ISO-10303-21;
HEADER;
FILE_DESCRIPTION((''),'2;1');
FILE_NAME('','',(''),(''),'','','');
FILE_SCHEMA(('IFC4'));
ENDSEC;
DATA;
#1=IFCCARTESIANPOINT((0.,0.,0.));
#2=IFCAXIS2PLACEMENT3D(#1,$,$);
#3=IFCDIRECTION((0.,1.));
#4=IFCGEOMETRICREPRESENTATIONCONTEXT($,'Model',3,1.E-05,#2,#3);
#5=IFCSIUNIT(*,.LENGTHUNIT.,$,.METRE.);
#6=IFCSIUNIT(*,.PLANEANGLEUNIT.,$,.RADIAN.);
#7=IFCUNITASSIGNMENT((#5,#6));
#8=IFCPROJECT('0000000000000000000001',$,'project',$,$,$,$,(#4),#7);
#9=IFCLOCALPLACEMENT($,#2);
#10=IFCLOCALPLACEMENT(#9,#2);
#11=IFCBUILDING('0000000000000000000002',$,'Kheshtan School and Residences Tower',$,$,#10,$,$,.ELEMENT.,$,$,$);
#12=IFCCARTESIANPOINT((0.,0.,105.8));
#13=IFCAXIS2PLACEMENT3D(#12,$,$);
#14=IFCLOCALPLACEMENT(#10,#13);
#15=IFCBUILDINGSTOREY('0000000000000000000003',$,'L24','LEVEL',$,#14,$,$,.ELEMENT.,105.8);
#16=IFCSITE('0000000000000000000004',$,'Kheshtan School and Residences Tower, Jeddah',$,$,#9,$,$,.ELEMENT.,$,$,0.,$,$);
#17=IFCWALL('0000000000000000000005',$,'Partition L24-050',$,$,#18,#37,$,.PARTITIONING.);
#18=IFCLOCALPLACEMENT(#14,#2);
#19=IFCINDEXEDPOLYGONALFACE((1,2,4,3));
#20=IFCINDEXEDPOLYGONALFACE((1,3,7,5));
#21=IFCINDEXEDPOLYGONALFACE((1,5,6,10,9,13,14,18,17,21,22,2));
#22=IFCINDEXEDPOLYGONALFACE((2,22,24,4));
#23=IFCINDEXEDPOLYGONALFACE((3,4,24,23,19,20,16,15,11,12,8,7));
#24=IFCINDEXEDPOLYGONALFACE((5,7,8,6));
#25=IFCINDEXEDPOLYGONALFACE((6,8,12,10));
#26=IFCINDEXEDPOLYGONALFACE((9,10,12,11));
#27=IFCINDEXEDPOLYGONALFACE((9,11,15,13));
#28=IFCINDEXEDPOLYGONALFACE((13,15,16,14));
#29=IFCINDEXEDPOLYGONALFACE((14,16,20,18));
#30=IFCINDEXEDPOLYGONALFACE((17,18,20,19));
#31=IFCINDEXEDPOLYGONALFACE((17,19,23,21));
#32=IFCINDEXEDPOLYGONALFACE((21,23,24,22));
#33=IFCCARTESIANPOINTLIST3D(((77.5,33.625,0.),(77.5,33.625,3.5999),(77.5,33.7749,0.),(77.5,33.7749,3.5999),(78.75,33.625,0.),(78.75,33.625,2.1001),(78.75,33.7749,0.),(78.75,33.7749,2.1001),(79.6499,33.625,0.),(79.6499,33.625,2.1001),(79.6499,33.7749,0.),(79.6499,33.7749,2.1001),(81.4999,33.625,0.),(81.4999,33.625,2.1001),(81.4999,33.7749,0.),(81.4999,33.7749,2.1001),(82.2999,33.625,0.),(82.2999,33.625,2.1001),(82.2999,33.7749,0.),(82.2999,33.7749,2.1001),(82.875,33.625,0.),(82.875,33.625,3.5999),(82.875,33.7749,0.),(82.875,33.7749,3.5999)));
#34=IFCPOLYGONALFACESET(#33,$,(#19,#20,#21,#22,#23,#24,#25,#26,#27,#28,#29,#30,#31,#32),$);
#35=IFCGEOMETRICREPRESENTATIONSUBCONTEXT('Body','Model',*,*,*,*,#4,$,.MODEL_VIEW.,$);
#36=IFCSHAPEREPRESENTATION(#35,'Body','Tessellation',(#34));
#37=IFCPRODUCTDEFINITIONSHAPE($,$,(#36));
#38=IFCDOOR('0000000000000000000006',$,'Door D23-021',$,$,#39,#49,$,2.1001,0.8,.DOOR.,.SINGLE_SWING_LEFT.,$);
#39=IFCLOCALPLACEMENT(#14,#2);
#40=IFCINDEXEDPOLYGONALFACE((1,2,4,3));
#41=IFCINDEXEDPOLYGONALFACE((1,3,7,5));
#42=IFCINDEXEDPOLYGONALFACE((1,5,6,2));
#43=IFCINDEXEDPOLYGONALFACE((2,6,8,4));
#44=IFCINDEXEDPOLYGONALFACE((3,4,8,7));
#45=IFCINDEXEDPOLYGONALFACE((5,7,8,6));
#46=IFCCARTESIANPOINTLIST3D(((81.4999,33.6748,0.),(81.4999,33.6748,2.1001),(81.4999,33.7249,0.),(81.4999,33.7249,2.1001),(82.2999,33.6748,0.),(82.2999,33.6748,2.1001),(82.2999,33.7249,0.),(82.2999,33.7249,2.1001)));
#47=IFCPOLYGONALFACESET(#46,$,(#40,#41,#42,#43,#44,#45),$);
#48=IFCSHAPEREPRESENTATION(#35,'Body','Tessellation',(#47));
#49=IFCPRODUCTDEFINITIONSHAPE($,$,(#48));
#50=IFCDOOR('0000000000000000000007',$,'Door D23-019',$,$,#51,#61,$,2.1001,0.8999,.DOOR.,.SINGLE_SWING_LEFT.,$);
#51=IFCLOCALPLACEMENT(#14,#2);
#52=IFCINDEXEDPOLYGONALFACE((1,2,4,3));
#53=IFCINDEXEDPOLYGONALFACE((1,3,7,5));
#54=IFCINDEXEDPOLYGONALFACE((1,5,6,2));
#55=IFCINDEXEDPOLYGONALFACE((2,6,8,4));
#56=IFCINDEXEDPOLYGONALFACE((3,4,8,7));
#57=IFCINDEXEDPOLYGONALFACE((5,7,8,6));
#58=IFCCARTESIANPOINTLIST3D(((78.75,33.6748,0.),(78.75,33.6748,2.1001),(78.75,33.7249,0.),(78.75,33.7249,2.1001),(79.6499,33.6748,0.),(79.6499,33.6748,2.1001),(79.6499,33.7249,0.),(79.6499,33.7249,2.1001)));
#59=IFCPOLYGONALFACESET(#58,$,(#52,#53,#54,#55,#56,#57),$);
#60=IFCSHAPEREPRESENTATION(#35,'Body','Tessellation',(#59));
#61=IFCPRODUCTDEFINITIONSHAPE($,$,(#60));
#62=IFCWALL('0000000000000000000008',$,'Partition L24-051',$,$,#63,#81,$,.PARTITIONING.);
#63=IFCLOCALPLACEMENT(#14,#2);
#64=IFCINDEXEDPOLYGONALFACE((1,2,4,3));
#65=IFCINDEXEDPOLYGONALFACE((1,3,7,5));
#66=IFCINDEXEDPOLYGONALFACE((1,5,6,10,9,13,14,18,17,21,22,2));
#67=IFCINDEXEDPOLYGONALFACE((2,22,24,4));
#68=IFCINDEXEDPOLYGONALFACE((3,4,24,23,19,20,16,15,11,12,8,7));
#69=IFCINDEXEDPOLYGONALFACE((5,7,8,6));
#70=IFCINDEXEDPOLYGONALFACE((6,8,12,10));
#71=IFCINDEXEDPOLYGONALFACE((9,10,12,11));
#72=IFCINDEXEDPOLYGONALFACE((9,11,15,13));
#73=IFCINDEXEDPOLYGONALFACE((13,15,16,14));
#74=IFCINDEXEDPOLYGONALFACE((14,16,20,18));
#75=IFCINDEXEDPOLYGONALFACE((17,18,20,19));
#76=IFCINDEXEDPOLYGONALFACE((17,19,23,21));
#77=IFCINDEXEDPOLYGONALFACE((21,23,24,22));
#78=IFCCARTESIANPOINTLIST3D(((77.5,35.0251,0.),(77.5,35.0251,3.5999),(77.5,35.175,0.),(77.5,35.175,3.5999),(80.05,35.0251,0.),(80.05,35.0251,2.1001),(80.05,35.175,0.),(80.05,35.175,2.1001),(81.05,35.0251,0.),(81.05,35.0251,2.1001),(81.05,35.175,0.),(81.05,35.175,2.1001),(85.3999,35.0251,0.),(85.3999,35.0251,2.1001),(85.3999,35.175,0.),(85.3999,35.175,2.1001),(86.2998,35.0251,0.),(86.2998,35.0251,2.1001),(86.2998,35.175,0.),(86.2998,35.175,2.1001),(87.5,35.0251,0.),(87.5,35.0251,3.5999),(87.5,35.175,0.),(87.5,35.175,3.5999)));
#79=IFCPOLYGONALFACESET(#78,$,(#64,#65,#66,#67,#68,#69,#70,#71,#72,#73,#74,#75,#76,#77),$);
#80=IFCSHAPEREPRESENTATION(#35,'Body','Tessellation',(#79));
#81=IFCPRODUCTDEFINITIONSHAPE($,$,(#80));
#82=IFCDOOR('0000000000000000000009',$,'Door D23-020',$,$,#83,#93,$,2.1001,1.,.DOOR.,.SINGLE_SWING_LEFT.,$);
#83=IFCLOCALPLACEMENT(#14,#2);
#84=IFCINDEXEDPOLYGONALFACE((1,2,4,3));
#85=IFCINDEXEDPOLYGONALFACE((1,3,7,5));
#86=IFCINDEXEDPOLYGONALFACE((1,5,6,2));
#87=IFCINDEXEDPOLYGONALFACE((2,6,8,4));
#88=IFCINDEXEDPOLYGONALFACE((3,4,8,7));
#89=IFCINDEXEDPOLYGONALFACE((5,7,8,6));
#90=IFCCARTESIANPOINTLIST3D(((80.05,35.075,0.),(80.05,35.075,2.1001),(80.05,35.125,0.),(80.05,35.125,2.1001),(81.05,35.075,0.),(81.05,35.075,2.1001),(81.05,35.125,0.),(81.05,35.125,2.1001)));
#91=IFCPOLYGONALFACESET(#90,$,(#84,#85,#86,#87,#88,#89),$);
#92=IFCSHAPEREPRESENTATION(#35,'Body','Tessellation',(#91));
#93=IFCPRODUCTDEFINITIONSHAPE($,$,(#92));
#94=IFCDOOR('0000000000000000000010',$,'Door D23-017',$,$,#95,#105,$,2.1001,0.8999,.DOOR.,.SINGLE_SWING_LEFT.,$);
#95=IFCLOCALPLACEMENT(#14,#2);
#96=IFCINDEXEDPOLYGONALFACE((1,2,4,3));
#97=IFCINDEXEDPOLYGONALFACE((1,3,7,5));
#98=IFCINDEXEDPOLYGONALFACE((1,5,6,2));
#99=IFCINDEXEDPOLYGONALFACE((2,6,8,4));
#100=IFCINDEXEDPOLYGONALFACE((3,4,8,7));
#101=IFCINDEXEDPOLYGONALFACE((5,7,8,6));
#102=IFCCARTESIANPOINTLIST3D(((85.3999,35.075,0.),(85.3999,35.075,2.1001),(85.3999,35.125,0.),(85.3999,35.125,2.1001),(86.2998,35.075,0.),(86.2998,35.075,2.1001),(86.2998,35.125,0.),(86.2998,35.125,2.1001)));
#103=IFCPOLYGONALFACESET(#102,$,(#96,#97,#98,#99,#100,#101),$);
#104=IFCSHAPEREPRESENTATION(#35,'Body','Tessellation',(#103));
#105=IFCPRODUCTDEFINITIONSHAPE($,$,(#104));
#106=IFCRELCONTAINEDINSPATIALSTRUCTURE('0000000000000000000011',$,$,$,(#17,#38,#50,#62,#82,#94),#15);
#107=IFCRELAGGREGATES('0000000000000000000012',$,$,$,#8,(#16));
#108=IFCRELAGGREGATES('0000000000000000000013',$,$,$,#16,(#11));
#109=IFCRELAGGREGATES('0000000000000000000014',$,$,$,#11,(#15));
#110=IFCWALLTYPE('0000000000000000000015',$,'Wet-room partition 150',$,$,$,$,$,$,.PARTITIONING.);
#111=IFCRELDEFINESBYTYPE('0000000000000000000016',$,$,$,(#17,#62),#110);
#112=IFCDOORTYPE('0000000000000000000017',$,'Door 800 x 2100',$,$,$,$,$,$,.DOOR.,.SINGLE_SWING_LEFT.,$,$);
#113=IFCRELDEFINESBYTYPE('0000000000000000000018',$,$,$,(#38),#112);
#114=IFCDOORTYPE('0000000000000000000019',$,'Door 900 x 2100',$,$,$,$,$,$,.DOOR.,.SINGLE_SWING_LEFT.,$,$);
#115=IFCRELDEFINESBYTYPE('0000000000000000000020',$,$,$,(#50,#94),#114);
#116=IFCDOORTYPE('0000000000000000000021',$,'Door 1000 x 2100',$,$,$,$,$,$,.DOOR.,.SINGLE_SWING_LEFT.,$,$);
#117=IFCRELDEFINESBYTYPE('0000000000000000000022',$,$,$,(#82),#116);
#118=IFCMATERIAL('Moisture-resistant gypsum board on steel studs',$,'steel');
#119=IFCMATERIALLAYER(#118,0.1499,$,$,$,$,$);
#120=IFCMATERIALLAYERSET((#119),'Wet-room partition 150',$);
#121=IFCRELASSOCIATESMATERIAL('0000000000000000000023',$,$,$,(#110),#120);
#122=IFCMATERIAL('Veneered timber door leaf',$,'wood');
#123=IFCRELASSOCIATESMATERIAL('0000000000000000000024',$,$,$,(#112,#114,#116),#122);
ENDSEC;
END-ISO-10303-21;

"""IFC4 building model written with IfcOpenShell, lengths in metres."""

from ifc_helpers import new_model, si_unit, direction, frame, frame_2d, origin, place, context, subcontext, project, spatial, rectangle, extrude, source, transform, mapped, material, layer, layer_set, type_object, element, fill, save


model = new_model("IFC4")

# Units and contexts
model_context = context("Model", 3, precision=1e-05, world=origin(), true_north=direction((0.0, 1.0)))
body_context = subcontext(model_context, "Body", "Model", "MODEL_VIEW")
ifc_project = project(units=[si_unit("LENGTHUNIT", "METRE"), si_unit("PLANEANGLEUNIT", "RADIAN")], contexts=[model_context])

# Site, building, storey
site_placement = place(None, origin())
site = spatial("IfcSite", under=ifc_project, at=site_placement, Name="Kheshtan School and Residences Tower, Jeddah", CompositionType="ELEMENT", RefElevation=0.0)
building_placement = place(site_placement, origin())
building = spatial("IfcBuilding", under=site, at=building_placement, Name="Kheshtan School and Residences Tower", CompositionType="ELEMENT")
storey_placement = place(building_placement, frame((0.0, 0.0, 105.8)))
storey = spatial("IfcBuildingStorey", under=building, at=storey_placement, Name="L24", Description="LEVEL", CompositionType="ELEMENT", Elevation=105.8)

# Walls, openings, doors
ifc_material_1 = material(Name="Moisture-resistant gypsum board on steel studs", Category="steel")
ifc_layer_1 = layer(ifc_material_1, 0.1499)
ifc_layer_set_1 = layer_set([ifc_layer_1], Name="Wet-room partition 150")
wall_type_1 = type_object("IfcWallType", Name="Wet-room partition 150", PredefinedType="PARTITIONING", material=ifc_layer_set_1)
wall_1_placement = place(storey_placement, frame((77.5, 33.7, 0.0), z_axis=(0.0, 0.0, 1.0), x_axis=(1.0, 0.0, 0.0)))
wall_1 = element("IfcWall", 1, at=wall_1_placement, inside=storey, type_object=wall_type_1, Name="Partition L24-050", PredefinedType="PARTITIONING", context=body_context, shape_type="SweptSolid", body=[
    extrude(rectangle(XDim=5.375, YDim=0.1499, at=frame_2d((2.6875, 0.0))), origin(), (0.0, 0.0, 1.0), 3.5999),
])
opening_1_placement = place(wall_1_placement, frame((1.25, 0.0, 0.0)))
opening_1 = element("IfcOpeningElement", 2, at=opening_1_placement, cuts=wall_1, PredefinedType="OPENING", context=body_context, shape_type="SweptSolid", body=[
    extrude(rectangle(XDim=0.8999, YDim=2.1001, at=frame_2d((0.45, 1.05))), frame((0.0, 0.085, 0.0), z_axis=(0.0, -1.0, 0.0), x_axis=(1.0, 0.0, 0.0)), (0.0, 0.0, 1.0), 0.1699),
])
opening_2_placement = place(wall_1_placement, frame((4.0, 0.0, 0.0)))
opening_2 = element("IfcOpeningElement", 3, at=opening_2_placement, cuts=wall_1, PredefinedType="OPENING", context=body_context, shape_type="SweptSolid", body=[
    extrude(rectangle(XDim=0.8, YDim=2.1001, at=frame_2d((0.3999, 1.05))), frame((0.0, 0.085, 0.0), z_axis=(0.0, -1.0, 0.0), x_axis=(1.0, 0.0, 0.0)), (0.0, 0.0, 1.0), 0.1699),
])
ifc_material_2 = material(Name="Veneered timber door leaf", Category="wood")
door_type_1 = type_object("IfcDoorType", Name="Door 800 x 2100", OperationType="SINGLE_SWING_LEFT", PredefinedType="DOOR", material=ifc_material_2)
shared_shape_1 = source(origin(), body_context, "Body", "SweptSolid", [
    extrude(rectangle(XDim=0.8, YDim=2.1001, at=frame_2d((0.3999, 1.05))), frame((0.0, 0.0249, 0.0), z_axis=(0.0, -1.0, 0.0), x_axis=(1.0, 0.0, 0.0)), (0.0, 0.0, 1.0), 0.05),
])
door_1_placement = place(opening_2_placement, origin())
door_1 = element("IfcDoor", 4, at=door_1_placement, inside=storey, type_object=door_type_1, Name="Door D23-021", OperationType="SINGLE_SWING_LEFT", OverallHeight=2.1001, OverallWidth=0.8, PredefinedType="DOOR", context=body_context, shape_type="MappedRepresentation", body=[
    mapped(shared_shape_1, transform((0.0, 0.0, 0.0), x_axis=(1.0, 0.0, 0.0), y_axis=(0.0, 1.0, 0.0), z_axis=(0.0, 0.0, 1.0), scale=1.0)),
])
fill(opening_2, door_1)
door_type_2 = type_object("IfcDoorType", Name="Door 900 x 2100", OperationType="SINGLE_SWING_LEFT", PredefinedType="DOOR", material=ifc_material_2)
shared_shape_2 = source(origin(), body_context, "Body", "SweptSolid", [
    extrude(rectangle(XDim=0.8999, YDim=2.1001, at=frame_2d((0.45, 1.05))), frame((0.0, 0.0249, 0.0), z_axis=(0.0, -1.0, 0.0), x_axis=(1.0, 0.0, 0.0)), (0.0, 0.0, 1.0), 0.05),
])
door_2_placement = place(opening_1_placement, origin())
door_2 = element("IfcDoor", 5, at=door_2_placement, inside=storey, type_object=door_type_2, Name="Door D23-019", OperationType="SINGLE_SWING_LEFT", OverallHeight=2.1001, OverallWidth=0.8999, PredefinedType="DOOR", context=body_context, shape_type="MappedRepresentation", body=[
    mapped(shared_shape_2, transform((0.0, 0.0, 0.0), x_axis=(1.0, 0.0, 0.0), y_axis=(0.0, 1.0, 0.0), z_axis=(0.0, 0.0, 1.0), scale=1.0)),
])
fill(opening_1, door_2)
wall_2_placement = place(storey_placement, frame((77.5, 35.1001, 0.0), z_axis=(0.0, 0.0, 1.0), x_axis=(1.0, 0.0, 0.0)))
wall_2 = element("IfcWall", 6, at=wall_2_placement, inside=storey, type_object=wall_type_1, Name="Partition L24-051", PredefinedType="PARTITIONING", context=body_context, shape_type="SweptSolid", body=[
    extrude(rectangle(XDim=10.0, YDim=0.1499, at=frame_2d((5.0, 0.0))), origin(), (0.0, 0.0, 1.0), 3.5999),
])
opening_3_placement = place(wall_2_placement, frame((7.8999, 0.0, 0.0)))
opening_3 = element("IfcOpeningElement", 7, at=opening_3_placement, cuts=wall_2, PredefinedType="OPENING", context=body_context, shape_type="SweptSolid", body=[
    extrude(rectangle(XDim=0.8999, YDim=2.1001, at=frame_2d((0.45, 1.05))), frame((0.0, 0.085, 0.0), z_axis=(0.0, -1.0, 0.0), x_axis=(1.0, 0.0, 0.0)), (0.0, 0.0, 1.0), 0.1699),
])
opening_4_placement = place(wall_2_placement, frame((2.55, 0.0, 0.0)))
opening_4 = element("IfcOpeningElement", 8, at=opening_4_placement, cuts=wall_2, PredefinedType="OPENING", context=body_context, shape_type="SweptSolid", body=[
    extrude(rectangle(XDim=1.0, YDim=2.1001, at=frame_2d((0.5, 1.05))), frame((0.0, 0.085, 0.0), z_axis=(0.0, -1.0, 0.0), x_axis=(1.0, 0.0, 0.0)), (0.0, 0.0, 1.0), 0.1699),
])
door_type_3 = type_object("IfcDoorType", Name="Door 1000 x 2100", OperationType="SINGLE_SWING_LEFT", PredefinedType="DOOR", material=ifc_material_2)
shared_shape_3 = source(origin(), body_context, "Body", "SweptSolid", [
    extrude(rectangle(XDim=1.0, YDim=2.1001, at=frame_2d((0.5, 1.05))), frame((0.0, 0.0249, 0.0), z_axis=(0.0, -1.0, 0.0), x_axis=(1.0, 0.0, 0.0)), (0.0, 0.0, 1.0), 0.05),
])
door_3_placement = place(opening_4_placement, origin())
door_3 = element("IfcDoor", 9, at=door_3_placement, inside=storey, type_object=door_type_3, Name="Door D23-020", OperationType="SINGLE_SWING_LEFT", OverallHeight=2.1001, OverallWidth=1.0, PredefinedType="DOOR", context=body_context, shape_type="MappedRepresentation", body=[
    mapped(shared_shape_3, transform((0.0, 0.0, 0.0), x_axis=(1.0, 0.0, 0.0), y_axis=(0.0, 1.0, 0.0), z_axis=(0.0, 0.0, 1.0), scale=1.0)),
])
fill(opening_4, door_3)
door_4_placement = place(opening_3_placement, origin())
door_4 = element("IfcDoor", 10, at=door_4_placement, inside=storey, type_object=door_type_2, Name="Door D23-017", OperationType="SINGLE_SWING_LEFT", OverallHeight=2.1001, OverallWidth=0.8999, PredefinedType="DOOR", context=body_context, shape_type="MappedRepresentation", body=[
    mapped(shared_shape_2, transform((0.0, 0.0, 0.0), x_axis=(1.0, 0.0, 0.0), y_axis=(0.0, 1.0, 0.0), z_axis=(0.0, 0.0, 1.0), scale=1.0)),
])
fill(opening_3, door_4)

save(model, "model.ifc")
